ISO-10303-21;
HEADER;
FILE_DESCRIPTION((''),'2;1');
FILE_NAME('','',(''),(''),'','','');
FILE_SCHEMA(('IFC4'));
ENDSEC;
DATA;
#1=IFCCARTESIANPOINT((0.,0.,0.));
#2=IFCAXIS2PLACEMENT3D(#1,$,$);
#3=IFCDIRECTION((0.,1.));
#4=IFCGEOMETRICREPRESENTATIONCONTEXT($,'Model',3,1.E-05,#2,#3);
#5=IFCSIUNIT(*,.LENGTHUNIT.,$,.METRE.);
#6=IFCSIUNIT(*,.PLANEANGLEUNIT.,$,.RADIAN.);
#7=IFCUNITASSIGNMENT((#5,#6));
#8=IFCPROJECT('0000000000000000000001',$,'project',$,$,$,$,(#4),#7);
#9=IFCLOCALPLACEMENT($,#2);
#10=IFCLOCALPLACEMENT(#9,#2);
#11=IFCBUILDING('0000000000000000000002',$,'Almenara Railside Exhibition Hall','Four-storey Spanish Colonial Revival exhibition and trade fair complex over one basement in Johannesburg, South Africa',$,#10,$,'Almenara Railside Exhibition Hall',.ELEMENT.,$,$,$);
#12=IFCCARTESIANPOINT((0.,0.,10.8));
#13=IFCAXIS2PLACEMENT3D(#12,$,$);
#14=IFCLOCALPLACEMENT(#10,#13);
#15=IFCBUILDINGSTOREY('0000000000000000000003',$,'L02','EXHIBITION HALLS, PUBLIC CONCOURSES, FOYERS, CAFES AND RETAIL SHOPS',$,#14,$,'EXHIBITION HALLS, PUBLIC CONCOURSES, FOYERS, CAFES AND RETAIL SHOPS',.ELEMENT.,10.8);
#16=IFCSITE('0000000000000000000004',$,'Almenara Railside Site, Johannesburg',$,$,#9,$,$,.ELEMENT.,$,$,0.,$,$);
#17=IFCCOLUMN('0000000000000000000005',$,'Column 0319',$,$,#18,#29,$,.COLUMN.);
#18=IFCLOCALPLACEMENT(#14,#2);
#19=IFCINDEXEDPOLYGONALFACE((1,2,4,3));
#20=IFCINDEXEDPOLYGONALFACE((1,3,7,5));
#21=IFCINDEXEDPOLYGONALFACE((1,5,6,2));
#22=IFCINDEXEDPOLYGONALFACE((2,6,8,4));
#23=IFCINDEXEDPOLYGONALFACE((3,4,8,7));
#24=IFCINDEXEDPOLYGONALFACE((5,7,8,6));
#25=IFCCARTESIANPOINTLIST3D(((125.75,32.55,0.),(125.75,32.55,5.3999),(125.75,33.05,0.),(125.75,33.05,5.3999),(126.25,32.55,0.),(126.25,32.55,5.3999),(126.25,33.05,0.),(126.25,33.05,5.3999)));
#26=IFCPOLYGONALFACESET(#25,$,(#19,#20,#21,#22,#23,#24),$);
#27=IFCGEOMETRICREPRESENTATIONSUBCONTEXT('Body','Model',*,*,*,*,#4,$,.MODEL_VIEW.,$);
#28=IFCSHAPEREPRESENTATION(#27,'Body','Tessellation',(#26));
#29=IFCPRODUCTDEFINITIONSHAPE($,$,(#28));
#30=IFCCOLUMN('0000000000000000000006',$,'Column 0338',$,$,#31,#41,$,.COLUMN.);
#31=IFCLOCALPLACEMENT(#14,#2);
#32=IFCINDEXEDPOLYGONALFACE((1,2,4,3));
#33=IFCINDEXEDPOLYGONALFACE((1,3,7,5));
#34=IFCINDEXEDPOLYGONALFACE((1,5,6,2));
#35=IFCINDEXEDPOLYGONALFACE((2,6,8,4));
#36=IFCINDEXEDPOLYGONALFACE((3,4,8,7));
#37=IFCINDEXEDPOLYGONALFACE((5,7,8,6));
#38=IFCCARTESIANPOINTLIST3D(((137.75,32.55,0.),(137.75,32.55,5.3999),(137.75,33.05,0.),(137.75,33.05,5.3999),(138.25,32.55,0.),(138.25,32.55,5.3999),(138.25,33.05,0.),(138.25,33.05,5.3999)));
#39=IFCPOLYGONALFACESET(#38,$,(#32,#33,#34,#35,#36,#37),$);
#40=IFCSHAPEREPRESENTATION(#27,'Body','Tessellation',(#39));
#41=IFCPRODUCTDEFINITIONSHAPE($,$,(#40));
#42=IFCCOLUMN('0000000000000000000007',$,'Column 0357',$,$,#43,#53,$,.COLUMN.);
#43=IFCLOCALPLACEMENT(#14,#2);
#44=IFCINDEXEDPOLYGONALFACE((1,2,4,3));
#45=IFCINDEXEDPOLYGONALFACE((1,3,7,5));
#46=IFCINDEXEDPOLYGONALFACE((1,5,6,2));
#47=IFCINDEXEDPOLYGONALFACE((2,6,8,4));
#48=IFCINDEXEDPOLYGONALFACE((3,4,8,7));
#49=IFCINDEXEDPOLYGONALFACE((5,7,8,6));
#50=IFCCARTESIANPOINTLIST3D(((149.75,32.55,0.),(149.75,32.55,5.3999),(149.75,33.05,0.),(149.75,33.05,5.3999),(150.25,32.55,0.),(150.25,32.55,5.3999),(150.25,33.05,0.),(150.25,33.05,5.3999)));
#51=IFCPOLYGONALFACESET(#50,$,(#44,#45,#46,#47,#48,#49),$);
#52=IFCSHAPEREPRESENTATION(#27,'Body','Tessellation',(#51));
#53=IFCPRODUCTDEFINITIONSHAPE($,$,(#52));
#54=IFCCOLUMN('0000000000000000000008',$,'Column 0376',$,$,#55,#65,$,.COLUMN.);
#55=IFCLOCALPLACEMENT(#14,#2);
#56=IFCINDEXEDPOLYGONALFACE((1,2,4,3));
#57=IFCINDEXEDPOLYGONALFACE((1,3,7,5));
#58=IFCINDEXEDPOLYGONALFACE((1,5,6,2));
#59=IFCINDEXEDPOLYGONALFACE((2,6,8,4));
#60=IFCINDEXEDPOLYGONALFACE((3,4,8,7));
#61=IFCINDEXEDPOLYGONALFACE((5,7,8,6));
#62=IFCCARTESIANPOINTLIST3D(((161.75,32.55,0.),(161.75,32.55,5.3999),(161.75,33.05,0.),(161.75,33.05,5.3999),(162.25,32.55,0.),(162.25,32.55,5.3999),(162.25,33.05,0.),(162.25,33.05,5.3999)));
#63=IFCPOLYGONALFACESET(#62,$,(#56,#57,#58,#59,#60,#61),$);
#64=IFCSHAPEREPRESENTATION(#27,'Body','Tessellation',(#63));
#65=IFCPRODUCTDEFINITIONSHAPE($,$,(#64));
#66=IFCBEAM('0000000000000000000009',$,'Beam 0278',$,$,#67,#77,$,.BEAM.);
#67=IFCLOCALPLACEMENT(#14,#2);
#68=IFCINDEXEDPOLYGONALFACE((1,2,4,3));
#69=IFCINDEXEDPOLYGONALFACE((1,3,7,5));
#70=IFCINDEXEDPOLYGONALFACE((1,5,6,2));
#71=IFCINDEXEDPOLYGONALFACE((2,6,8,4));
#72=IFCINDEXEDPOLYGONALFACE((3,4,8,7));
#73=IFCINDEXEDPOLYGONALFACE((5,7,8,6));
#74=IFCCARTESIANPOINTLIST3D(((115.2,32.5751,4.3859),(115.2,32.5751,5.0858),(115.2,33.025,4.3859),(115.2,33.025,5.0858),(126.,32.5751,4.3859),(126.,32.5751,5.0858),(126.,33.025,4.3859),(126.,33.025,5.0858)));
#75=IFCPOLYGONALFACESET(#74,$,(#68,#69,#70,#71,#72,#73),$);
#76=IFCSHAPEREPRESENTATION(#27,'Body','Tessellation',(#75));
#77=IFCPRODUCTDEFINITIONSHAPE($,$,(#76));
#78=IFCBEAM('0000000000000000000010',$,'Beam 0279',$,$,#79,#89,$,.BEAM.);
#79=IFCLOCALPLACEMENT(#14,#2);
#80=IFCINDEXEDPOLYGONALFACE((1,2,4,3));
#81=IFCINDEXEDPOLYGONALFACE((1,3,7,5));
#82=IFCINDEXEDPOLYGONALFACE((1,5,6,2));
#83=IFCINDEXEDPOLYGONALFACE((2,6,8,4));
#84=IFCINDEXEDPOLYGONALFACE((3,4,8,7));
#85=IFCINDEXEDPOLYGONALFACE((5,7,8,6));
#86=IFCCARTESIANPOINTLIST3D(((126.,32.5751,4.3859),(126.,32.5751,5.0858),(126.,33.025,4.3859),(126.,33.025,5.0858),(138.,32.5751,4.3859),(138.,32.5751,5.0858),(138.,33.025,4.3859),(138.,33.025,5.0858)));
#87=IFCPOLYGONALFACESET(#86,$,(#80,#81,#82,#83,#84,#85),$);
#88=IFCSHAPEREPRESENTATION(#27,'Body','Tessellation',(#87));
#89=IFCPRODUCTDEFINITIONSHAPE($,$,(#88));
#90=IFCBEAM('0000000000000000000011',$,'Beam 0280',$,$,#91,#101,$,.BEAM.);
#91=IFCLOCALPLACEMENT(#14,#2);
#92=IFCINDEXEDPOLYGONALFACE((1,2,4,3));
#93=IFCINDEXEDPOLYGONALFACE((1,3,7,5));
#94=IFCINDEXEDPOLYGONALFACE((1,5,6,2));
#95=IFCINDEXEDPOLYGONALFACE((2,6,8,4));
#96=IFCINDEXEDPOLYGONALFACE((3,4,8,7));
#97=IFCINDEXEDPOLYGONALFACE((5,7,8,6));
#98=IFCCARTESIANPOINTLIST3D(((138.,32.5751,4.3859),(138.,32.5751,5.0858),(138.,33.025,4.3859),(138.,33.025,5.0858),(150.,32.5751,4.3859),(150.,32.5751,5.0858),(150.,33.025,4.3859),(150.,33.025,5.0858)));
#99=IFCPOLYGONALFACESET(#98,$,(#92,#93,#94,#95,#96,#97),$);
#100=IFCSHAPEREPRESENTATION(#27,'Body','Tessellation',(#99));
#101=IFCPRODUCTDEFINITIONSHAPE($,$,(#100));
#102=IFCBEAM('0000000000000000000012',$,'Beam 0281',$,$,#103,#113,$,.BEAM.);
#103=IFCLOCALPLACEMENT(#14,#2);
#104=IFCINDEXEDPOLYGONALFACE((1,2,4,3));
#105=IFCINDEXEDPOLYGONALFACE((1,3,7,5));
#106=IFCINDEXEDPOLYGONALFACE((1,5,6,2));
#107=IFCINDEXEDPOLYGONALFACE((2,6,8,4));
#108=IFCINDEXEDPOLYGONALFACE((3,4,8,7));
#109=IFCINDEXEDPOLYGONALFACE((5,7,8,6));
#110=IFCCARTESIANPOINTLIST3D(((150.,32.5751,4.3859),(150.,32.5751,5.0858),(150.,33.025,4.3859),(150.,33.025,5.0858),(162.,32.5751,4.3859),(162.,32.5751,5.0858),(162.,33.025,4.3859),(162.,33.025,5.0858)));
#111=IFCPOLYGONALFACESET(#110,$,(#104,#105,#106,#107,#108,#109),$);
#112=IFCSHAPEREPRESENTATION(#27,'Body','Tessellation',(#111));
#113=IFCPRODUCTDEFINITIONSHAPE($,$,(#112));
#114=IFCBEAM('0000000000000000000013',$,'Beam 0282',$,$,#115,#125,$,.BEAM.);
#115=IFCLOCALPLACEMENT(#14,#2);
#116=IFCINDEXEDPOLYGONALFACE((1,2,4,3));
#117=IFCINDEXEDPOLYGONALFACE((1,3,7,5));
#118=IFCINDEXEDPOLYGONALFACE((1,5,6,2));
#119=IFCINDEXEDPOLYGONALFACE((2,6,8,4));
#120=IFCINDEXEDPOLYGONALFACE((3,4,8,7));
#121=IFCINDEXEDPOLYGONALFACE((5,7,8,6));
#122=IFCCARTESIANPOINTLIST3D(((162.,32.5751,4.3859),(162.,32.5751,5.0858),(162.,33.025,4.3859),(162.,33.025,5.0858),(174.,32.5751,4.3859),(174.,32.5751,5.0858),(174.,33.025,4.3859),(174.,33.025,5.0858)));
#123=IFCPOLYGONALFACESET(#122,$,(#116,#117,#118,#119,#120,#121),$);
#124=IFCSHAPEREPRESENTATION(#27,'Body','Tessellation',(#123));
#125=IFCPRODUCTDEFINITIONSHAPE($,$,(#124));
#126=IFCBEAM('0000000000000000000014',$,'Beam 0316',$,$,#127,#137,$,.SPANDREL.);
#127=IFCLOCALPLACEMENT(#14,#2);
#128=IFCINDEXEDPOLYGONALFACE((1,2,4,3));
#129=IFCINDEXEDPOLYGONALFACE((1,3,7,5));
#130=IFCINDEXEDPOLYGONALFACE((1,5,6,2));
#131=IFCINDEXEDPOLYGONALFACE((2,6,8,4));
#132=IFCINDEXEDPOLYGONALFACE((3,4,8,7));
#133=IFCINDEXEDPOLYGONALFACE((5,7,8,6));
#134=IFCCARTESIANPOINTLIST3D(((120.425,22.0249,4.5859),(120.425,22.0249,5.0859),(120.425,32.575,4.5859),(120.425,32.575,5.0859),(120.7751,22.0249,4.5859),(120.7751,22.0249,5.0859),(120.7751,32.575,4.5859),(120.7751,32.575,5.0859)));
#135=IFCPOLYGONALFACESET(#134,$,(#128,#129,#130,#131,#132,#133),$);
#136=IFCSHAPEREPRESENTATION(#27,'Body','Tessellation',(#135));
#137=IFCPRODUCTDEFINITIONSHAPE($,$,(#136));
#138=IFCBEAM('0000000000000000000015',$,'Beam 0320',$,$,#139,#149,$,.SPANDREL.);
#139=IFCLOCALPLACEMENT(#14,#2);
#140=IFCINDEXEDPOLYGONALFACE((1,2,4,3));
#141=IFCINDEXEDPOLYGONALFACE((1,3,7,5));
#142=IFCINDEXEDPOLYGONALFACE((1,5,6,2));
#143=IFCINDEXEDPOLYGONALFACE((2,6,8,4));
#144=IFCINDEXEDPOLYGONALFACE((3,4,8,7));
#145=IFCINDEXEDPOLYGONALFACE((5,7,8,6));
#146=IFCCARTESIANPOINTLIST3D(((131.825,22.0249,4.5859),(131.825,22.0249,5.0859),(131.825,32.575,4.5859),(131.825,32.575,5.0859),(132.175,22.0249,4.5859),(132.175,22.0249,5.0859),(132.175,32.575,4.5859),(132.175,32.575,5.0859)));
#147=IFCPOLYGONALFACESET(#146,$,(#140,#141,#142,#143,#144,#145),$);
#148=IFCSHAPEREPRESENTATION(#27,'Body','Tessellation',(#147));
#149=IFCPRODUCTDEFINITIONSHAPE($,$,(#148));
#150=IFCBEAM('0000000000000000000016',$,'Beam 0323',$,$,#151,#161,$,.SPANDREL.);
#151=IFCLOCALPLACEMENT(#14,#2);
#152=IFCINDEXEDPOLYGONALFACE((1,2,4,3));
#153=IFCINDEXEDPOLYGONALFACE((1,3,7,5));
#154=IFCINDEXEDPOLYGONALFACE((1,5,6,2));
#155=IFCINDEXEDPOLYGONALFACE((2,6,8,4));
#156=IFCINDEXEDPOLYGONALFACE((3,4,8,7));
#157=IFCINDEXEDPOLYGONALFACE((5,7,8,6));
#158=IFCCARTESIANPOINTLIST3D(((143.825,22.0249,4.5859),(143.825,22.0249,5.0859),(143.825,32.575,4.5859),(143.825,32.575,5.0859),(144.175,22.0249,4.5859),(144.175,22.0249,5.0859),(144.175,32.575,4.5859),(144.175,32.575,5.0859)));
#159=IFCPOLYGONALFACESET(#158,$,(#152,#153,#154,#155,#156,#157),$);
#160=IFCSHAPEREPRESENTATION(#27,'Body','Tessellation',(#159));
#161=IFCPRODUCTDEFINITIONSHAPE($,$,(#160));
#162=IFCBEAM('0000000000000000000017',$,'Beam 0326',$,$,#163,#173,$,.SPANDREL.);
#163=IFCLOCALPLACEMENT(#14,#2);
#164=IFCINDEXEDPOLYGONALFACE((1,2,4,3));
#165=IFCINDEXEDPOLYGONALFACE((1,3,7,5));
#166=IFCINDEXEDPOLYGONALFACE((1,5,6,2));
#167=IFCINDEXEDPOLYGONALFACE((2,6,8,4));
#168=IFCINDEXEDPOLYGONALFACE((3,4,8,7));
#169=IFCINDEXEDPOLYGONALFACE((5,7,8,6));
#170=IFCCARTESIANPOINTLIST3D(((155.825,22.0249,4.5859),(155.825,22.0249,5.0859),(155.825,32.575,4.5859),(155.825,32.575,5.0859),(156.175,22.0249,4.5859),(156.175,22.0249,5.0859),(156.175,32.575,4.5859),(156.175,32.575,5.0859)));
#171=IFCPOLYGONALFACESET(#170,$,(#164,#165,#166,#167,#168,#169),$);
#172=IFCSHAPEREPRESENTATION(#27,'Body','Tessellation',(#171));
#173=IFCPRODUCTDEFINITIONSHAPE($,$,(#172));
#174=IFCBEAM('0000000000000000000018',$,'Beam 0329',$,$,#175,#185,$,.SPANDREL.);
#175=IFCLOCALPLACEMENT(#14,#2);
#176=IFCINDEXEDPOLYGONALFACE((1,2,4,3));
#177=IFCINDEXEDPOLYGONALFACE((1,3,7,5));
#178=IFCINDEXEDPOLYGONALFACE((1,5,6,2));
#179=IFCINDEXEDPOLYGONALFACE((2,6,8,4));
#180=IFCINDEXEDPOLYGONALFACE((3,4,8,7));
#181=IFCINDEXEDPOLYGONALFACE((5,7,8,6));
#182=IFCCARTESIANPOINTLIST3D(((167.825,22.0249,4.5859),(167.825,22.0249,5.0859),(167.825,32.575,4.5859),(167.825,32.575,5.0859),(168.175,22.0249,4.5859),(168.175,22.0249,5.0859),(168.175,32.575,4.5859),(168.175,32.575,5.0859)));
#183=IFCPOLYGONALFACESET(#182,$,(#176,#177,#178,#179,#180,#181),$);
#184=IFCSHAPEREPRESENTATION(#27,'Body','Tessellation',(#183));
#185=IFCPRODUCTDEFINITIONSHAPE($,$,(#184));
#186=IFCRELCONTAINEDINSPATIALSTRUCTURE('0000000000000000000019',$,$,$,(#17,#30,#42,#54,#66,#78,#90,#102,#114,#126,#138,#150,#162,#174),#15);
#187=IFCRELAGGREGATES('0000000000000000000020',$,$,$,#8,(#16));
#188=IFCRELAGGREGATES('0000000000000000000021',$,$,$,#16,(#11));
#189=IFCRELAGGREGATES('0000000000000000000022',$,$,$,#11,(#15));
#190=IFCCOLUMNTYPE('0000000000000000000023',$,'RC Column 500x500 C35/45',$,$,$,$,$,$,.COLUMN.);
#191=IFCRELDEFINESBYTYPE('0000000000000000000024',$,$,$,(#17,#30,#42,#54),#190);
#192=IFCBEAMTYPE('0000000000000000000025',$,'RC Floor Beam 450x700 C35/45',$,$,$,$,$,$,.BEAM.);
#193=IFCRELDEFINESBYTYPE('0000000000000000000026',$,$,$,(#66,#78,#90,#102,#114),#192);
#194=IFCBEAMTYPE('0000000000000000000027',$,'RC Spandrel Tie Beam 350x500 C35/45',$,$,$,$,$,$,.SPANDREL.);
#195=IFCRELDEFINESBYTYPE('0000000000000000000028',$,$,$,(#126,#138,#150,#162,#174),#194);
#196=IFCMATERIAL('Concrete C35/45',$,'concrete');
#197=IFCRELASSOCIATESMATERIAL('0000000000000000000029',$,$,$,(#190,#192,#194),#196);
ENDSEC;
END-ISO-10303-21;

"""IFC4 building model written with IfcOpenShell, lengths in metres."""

from ifc_helpers import new_model, si_unit, direction, frame, origin, origin_2d, place, context, subcontext, project, spatial, rectangle, extrude, material, material_profile, profile_set, type_object, element, save


model = new_model("IFC4")

# Units and contexts
model_context = context("Model", 3, precision=1e-05, world=origin(), true_north=direction((0.0, 1.0)))
body_context = subcontext(model_context, "Body", "Model", "MODEL_VIEW")
ifc_project = project(units=[si_unit("LENGTHUNIT", "METRE"), si_unit("PLANEANGLEUNIT", "RADIAN")], contexts=[model_context])

# Site, building, storey
site_placement = place(None, origin())
site = spatial("IfcSite", under=ifc_project, at=site_placement, Name="Almenara Railside Site, Johannesburg", CompositionType="ELEMENT", RefElevation=0.0)
building_placement = place(site_placement, origin())
building = spatial("IfcBuilding", under=site, at=building_placement, Name="Almenara Railside Exhibition Hall", Description="Four-storey Spanish Colonial Revival exhibition and trade fair complex over one basement in Johannesburg, South Africa", LongName="Almenara Railside Exhibition Hall", CompositionType="ELEMENT")
storey_placement = place(building_placement, frame((0.0, 0.0, 10.8)))
storey = spatial("IfcBuildingStorey", under=building, at=storey_placement, Name="L02", Description="EXHIBITION HALLS, PUBLIC CONCOURSES, FOYERS, CAFES AND RETAIL SHOPS", LongName="EXHIBITION HALLS, PUBLIC CONCOURSES, FOYERS, CAFES AND RETAIL SHOPS", CompositionType="ELEMENT", Elevation=10.8)

# Columns
ifc_material_1 = material(Name="Concrete C35/45", Category="concrete")
ifc_material_profile_1 = material_profile(ifc_material_1, rectangle(XDim=0.5, YDim=0.5, at=origin_2d()), Name="RC 500x500")
ifc_profile_set_1 = profile_set([ifc_material_profile_1], Name="Concrete C35/45")
column_type = type_object("IfcColumnType", Name="RC Column 500x500 C35/45", PredefinedType="COLUMN", material=ifc_profile_set_1)
for number, where, z_axis, x_axis, name in (
    (1, (126.0, 32.8, 0.0), (0.0, 0.0, 1.0), (1.0, 0.0, 0.0), "Column 0319"),
    (2, (138.0, 32.8, 0.0), (0.0, 0.0, 1.0), (1.0, 0.0, 0.0), "Column 0338"),
    (3, (150.0, 32.8, 0.0), (0.0, 0.0, 1.0), (1.0, 0.0, 0.0), "Column 0357"),
    (4, (162.0, 32.8, 0.0), (0.0, 0.0, 1.0), (1.0, 0.0, 0.0), "Column 0376"),
):
    element("IfcColumn", number, at=place(storey_placement, frame(where, z_axis=z_axis, x_axis=x_axis)), inside=storey, type_object=column_type, Name=name, PredefinedType="COLUMN", context=body_context, shape_type="SweptSolid", body=[
        extrude(rectangle(XDim=0.5, YDim=0.5, at=origin_2d()), origin(), (0.0, 0.0, 1.0), 5.3999),
    ])

# Beams
ifc_material_profile_2 = material_profile(ifc_material_1, rectangle(XDim=0.45, YDim=0.7, at=origin_2d()), Name="RC 450x700")
ifc_profile_set_2 = profile_set([ifc_material_profile_2], Name="Concrete C35/45")
beam_type_1 = type_object("IfcBeamType", Name="RC Floor Beam 450x700 C35/45", PredefinedType="BEAM", material=ifc_profile_set_2)
beam_placement = place(storey_placement, frame((115.2, 32.8, 4.7358), z_axis=(1.0, 0.0, 0.0), x_axis=(0.0, 1.0, 0.0)))
element("IfcBeam", 5, at=beam_placement, inside=storey, type_object=beam_type_1, Name="Beam 0278", PredefinedType="BEAM", context=body_context, shape_type="SweptSolid", body=[
    extrude(rectangle(XDim=0.45, YDim=0.7, at=origin_2d()), origin(), (0.0, 0.0, 1.0), 10.8),
])
for number, where, z_axis, x_axis, name in (
    (6, (126.0, 32.8, 4.7358), (1.0, 0.0, 0.0), (0.0, 1.0, 0.0), "Beam 0279"),
    (7, (138.0, 32.8, 4.7358), (1.0, 0.0, 0.0), (0.0, 1.0, 0.0), "Beam 0280"),
    (8, (150.0, 32.8, 4.7358), (1.0, 0.0, 0.0), (0.0, 1.0, 0.0), "Beam 0281"),
    (9, (162.0, 32.8, 4.7358), (1.0, 0.0, 0.0), (0.0, 1.0, 0.0), "Beam 0282"),
):
    element("IfcBeam", number, at=place(storey_placement, frame(where, z_axis=z_axis, x_axis=x_axis)), inside=storey, type_object=beam_type_1, Name=name, PredefinedType="BEAM", context=body_context, shape_type="SweptSolid", body=[
        extrude(rectangle(XDim=0.45, YDim=0.7, at=origin_2d()), origin(), (0.0, 0.0, 1.0), 12.0),
    ])
ifc_material_profile_3 = material_profile(ifc_material_1, rectangle(XDim=0.3501, YDim=0.5, at=origin_2d()), Name="RC 350x500")
ifc_profile_set_3 = profile_set([ifc_material_profile_3], Name="Concrete C35/45")
beam_type_2 = type_object("IfcBeamType", Name="RC Spandrel Tie Beam 350x500 C35/45", PredefinedType="SPANDREL", material=ifc_profile_set_3)
for number, where, z_axis, x_axis, name in (
    (10, (120.6001, 22.0249, 4.8359), (0.0, 1.0, 0.0), (-1.0, 0.0, 0.0), "Beam 0316"),
    (11, (132.0, 22.0249, 4.8359), (0.0, 1.0, 0.0), (-1.0, 0.0, 0.0), "Beam 0320"),
    (12, (144.0, 22.0249, 4.8359), (0.0, 1.0, 0.0), (-1.0, 0.0, 0.0), "Beam 0323"),
    (13, (156.0, 22.0249, 4.8359), (0.0, 1.0, 0.0), (-1.0, 0.0, 0.0), "Beam 0326"),
    (14, (168.0, 22.0249, 4.8359), (0.0, 1.0, 0.0), (-1.0, 0.0, 0.0), "Beam 0329"),
):
    element("IfcBeam", number, at=place(storey_placement, frame(where, z_axis=z_axis, x_axis=x_axis)), inside=storey, type_object=beam_type_2, Name=name, PredefinedType="SPANDREL", context=body_context, shape_type="SweptSolid", body=[
        extrude(rectangle(XDim=0.3501, YDim=0.5, at=origin_2d()), origin(), (0.0, 0.0, 1.0), 10.55),
    ])

save(model, "model.ifc")
